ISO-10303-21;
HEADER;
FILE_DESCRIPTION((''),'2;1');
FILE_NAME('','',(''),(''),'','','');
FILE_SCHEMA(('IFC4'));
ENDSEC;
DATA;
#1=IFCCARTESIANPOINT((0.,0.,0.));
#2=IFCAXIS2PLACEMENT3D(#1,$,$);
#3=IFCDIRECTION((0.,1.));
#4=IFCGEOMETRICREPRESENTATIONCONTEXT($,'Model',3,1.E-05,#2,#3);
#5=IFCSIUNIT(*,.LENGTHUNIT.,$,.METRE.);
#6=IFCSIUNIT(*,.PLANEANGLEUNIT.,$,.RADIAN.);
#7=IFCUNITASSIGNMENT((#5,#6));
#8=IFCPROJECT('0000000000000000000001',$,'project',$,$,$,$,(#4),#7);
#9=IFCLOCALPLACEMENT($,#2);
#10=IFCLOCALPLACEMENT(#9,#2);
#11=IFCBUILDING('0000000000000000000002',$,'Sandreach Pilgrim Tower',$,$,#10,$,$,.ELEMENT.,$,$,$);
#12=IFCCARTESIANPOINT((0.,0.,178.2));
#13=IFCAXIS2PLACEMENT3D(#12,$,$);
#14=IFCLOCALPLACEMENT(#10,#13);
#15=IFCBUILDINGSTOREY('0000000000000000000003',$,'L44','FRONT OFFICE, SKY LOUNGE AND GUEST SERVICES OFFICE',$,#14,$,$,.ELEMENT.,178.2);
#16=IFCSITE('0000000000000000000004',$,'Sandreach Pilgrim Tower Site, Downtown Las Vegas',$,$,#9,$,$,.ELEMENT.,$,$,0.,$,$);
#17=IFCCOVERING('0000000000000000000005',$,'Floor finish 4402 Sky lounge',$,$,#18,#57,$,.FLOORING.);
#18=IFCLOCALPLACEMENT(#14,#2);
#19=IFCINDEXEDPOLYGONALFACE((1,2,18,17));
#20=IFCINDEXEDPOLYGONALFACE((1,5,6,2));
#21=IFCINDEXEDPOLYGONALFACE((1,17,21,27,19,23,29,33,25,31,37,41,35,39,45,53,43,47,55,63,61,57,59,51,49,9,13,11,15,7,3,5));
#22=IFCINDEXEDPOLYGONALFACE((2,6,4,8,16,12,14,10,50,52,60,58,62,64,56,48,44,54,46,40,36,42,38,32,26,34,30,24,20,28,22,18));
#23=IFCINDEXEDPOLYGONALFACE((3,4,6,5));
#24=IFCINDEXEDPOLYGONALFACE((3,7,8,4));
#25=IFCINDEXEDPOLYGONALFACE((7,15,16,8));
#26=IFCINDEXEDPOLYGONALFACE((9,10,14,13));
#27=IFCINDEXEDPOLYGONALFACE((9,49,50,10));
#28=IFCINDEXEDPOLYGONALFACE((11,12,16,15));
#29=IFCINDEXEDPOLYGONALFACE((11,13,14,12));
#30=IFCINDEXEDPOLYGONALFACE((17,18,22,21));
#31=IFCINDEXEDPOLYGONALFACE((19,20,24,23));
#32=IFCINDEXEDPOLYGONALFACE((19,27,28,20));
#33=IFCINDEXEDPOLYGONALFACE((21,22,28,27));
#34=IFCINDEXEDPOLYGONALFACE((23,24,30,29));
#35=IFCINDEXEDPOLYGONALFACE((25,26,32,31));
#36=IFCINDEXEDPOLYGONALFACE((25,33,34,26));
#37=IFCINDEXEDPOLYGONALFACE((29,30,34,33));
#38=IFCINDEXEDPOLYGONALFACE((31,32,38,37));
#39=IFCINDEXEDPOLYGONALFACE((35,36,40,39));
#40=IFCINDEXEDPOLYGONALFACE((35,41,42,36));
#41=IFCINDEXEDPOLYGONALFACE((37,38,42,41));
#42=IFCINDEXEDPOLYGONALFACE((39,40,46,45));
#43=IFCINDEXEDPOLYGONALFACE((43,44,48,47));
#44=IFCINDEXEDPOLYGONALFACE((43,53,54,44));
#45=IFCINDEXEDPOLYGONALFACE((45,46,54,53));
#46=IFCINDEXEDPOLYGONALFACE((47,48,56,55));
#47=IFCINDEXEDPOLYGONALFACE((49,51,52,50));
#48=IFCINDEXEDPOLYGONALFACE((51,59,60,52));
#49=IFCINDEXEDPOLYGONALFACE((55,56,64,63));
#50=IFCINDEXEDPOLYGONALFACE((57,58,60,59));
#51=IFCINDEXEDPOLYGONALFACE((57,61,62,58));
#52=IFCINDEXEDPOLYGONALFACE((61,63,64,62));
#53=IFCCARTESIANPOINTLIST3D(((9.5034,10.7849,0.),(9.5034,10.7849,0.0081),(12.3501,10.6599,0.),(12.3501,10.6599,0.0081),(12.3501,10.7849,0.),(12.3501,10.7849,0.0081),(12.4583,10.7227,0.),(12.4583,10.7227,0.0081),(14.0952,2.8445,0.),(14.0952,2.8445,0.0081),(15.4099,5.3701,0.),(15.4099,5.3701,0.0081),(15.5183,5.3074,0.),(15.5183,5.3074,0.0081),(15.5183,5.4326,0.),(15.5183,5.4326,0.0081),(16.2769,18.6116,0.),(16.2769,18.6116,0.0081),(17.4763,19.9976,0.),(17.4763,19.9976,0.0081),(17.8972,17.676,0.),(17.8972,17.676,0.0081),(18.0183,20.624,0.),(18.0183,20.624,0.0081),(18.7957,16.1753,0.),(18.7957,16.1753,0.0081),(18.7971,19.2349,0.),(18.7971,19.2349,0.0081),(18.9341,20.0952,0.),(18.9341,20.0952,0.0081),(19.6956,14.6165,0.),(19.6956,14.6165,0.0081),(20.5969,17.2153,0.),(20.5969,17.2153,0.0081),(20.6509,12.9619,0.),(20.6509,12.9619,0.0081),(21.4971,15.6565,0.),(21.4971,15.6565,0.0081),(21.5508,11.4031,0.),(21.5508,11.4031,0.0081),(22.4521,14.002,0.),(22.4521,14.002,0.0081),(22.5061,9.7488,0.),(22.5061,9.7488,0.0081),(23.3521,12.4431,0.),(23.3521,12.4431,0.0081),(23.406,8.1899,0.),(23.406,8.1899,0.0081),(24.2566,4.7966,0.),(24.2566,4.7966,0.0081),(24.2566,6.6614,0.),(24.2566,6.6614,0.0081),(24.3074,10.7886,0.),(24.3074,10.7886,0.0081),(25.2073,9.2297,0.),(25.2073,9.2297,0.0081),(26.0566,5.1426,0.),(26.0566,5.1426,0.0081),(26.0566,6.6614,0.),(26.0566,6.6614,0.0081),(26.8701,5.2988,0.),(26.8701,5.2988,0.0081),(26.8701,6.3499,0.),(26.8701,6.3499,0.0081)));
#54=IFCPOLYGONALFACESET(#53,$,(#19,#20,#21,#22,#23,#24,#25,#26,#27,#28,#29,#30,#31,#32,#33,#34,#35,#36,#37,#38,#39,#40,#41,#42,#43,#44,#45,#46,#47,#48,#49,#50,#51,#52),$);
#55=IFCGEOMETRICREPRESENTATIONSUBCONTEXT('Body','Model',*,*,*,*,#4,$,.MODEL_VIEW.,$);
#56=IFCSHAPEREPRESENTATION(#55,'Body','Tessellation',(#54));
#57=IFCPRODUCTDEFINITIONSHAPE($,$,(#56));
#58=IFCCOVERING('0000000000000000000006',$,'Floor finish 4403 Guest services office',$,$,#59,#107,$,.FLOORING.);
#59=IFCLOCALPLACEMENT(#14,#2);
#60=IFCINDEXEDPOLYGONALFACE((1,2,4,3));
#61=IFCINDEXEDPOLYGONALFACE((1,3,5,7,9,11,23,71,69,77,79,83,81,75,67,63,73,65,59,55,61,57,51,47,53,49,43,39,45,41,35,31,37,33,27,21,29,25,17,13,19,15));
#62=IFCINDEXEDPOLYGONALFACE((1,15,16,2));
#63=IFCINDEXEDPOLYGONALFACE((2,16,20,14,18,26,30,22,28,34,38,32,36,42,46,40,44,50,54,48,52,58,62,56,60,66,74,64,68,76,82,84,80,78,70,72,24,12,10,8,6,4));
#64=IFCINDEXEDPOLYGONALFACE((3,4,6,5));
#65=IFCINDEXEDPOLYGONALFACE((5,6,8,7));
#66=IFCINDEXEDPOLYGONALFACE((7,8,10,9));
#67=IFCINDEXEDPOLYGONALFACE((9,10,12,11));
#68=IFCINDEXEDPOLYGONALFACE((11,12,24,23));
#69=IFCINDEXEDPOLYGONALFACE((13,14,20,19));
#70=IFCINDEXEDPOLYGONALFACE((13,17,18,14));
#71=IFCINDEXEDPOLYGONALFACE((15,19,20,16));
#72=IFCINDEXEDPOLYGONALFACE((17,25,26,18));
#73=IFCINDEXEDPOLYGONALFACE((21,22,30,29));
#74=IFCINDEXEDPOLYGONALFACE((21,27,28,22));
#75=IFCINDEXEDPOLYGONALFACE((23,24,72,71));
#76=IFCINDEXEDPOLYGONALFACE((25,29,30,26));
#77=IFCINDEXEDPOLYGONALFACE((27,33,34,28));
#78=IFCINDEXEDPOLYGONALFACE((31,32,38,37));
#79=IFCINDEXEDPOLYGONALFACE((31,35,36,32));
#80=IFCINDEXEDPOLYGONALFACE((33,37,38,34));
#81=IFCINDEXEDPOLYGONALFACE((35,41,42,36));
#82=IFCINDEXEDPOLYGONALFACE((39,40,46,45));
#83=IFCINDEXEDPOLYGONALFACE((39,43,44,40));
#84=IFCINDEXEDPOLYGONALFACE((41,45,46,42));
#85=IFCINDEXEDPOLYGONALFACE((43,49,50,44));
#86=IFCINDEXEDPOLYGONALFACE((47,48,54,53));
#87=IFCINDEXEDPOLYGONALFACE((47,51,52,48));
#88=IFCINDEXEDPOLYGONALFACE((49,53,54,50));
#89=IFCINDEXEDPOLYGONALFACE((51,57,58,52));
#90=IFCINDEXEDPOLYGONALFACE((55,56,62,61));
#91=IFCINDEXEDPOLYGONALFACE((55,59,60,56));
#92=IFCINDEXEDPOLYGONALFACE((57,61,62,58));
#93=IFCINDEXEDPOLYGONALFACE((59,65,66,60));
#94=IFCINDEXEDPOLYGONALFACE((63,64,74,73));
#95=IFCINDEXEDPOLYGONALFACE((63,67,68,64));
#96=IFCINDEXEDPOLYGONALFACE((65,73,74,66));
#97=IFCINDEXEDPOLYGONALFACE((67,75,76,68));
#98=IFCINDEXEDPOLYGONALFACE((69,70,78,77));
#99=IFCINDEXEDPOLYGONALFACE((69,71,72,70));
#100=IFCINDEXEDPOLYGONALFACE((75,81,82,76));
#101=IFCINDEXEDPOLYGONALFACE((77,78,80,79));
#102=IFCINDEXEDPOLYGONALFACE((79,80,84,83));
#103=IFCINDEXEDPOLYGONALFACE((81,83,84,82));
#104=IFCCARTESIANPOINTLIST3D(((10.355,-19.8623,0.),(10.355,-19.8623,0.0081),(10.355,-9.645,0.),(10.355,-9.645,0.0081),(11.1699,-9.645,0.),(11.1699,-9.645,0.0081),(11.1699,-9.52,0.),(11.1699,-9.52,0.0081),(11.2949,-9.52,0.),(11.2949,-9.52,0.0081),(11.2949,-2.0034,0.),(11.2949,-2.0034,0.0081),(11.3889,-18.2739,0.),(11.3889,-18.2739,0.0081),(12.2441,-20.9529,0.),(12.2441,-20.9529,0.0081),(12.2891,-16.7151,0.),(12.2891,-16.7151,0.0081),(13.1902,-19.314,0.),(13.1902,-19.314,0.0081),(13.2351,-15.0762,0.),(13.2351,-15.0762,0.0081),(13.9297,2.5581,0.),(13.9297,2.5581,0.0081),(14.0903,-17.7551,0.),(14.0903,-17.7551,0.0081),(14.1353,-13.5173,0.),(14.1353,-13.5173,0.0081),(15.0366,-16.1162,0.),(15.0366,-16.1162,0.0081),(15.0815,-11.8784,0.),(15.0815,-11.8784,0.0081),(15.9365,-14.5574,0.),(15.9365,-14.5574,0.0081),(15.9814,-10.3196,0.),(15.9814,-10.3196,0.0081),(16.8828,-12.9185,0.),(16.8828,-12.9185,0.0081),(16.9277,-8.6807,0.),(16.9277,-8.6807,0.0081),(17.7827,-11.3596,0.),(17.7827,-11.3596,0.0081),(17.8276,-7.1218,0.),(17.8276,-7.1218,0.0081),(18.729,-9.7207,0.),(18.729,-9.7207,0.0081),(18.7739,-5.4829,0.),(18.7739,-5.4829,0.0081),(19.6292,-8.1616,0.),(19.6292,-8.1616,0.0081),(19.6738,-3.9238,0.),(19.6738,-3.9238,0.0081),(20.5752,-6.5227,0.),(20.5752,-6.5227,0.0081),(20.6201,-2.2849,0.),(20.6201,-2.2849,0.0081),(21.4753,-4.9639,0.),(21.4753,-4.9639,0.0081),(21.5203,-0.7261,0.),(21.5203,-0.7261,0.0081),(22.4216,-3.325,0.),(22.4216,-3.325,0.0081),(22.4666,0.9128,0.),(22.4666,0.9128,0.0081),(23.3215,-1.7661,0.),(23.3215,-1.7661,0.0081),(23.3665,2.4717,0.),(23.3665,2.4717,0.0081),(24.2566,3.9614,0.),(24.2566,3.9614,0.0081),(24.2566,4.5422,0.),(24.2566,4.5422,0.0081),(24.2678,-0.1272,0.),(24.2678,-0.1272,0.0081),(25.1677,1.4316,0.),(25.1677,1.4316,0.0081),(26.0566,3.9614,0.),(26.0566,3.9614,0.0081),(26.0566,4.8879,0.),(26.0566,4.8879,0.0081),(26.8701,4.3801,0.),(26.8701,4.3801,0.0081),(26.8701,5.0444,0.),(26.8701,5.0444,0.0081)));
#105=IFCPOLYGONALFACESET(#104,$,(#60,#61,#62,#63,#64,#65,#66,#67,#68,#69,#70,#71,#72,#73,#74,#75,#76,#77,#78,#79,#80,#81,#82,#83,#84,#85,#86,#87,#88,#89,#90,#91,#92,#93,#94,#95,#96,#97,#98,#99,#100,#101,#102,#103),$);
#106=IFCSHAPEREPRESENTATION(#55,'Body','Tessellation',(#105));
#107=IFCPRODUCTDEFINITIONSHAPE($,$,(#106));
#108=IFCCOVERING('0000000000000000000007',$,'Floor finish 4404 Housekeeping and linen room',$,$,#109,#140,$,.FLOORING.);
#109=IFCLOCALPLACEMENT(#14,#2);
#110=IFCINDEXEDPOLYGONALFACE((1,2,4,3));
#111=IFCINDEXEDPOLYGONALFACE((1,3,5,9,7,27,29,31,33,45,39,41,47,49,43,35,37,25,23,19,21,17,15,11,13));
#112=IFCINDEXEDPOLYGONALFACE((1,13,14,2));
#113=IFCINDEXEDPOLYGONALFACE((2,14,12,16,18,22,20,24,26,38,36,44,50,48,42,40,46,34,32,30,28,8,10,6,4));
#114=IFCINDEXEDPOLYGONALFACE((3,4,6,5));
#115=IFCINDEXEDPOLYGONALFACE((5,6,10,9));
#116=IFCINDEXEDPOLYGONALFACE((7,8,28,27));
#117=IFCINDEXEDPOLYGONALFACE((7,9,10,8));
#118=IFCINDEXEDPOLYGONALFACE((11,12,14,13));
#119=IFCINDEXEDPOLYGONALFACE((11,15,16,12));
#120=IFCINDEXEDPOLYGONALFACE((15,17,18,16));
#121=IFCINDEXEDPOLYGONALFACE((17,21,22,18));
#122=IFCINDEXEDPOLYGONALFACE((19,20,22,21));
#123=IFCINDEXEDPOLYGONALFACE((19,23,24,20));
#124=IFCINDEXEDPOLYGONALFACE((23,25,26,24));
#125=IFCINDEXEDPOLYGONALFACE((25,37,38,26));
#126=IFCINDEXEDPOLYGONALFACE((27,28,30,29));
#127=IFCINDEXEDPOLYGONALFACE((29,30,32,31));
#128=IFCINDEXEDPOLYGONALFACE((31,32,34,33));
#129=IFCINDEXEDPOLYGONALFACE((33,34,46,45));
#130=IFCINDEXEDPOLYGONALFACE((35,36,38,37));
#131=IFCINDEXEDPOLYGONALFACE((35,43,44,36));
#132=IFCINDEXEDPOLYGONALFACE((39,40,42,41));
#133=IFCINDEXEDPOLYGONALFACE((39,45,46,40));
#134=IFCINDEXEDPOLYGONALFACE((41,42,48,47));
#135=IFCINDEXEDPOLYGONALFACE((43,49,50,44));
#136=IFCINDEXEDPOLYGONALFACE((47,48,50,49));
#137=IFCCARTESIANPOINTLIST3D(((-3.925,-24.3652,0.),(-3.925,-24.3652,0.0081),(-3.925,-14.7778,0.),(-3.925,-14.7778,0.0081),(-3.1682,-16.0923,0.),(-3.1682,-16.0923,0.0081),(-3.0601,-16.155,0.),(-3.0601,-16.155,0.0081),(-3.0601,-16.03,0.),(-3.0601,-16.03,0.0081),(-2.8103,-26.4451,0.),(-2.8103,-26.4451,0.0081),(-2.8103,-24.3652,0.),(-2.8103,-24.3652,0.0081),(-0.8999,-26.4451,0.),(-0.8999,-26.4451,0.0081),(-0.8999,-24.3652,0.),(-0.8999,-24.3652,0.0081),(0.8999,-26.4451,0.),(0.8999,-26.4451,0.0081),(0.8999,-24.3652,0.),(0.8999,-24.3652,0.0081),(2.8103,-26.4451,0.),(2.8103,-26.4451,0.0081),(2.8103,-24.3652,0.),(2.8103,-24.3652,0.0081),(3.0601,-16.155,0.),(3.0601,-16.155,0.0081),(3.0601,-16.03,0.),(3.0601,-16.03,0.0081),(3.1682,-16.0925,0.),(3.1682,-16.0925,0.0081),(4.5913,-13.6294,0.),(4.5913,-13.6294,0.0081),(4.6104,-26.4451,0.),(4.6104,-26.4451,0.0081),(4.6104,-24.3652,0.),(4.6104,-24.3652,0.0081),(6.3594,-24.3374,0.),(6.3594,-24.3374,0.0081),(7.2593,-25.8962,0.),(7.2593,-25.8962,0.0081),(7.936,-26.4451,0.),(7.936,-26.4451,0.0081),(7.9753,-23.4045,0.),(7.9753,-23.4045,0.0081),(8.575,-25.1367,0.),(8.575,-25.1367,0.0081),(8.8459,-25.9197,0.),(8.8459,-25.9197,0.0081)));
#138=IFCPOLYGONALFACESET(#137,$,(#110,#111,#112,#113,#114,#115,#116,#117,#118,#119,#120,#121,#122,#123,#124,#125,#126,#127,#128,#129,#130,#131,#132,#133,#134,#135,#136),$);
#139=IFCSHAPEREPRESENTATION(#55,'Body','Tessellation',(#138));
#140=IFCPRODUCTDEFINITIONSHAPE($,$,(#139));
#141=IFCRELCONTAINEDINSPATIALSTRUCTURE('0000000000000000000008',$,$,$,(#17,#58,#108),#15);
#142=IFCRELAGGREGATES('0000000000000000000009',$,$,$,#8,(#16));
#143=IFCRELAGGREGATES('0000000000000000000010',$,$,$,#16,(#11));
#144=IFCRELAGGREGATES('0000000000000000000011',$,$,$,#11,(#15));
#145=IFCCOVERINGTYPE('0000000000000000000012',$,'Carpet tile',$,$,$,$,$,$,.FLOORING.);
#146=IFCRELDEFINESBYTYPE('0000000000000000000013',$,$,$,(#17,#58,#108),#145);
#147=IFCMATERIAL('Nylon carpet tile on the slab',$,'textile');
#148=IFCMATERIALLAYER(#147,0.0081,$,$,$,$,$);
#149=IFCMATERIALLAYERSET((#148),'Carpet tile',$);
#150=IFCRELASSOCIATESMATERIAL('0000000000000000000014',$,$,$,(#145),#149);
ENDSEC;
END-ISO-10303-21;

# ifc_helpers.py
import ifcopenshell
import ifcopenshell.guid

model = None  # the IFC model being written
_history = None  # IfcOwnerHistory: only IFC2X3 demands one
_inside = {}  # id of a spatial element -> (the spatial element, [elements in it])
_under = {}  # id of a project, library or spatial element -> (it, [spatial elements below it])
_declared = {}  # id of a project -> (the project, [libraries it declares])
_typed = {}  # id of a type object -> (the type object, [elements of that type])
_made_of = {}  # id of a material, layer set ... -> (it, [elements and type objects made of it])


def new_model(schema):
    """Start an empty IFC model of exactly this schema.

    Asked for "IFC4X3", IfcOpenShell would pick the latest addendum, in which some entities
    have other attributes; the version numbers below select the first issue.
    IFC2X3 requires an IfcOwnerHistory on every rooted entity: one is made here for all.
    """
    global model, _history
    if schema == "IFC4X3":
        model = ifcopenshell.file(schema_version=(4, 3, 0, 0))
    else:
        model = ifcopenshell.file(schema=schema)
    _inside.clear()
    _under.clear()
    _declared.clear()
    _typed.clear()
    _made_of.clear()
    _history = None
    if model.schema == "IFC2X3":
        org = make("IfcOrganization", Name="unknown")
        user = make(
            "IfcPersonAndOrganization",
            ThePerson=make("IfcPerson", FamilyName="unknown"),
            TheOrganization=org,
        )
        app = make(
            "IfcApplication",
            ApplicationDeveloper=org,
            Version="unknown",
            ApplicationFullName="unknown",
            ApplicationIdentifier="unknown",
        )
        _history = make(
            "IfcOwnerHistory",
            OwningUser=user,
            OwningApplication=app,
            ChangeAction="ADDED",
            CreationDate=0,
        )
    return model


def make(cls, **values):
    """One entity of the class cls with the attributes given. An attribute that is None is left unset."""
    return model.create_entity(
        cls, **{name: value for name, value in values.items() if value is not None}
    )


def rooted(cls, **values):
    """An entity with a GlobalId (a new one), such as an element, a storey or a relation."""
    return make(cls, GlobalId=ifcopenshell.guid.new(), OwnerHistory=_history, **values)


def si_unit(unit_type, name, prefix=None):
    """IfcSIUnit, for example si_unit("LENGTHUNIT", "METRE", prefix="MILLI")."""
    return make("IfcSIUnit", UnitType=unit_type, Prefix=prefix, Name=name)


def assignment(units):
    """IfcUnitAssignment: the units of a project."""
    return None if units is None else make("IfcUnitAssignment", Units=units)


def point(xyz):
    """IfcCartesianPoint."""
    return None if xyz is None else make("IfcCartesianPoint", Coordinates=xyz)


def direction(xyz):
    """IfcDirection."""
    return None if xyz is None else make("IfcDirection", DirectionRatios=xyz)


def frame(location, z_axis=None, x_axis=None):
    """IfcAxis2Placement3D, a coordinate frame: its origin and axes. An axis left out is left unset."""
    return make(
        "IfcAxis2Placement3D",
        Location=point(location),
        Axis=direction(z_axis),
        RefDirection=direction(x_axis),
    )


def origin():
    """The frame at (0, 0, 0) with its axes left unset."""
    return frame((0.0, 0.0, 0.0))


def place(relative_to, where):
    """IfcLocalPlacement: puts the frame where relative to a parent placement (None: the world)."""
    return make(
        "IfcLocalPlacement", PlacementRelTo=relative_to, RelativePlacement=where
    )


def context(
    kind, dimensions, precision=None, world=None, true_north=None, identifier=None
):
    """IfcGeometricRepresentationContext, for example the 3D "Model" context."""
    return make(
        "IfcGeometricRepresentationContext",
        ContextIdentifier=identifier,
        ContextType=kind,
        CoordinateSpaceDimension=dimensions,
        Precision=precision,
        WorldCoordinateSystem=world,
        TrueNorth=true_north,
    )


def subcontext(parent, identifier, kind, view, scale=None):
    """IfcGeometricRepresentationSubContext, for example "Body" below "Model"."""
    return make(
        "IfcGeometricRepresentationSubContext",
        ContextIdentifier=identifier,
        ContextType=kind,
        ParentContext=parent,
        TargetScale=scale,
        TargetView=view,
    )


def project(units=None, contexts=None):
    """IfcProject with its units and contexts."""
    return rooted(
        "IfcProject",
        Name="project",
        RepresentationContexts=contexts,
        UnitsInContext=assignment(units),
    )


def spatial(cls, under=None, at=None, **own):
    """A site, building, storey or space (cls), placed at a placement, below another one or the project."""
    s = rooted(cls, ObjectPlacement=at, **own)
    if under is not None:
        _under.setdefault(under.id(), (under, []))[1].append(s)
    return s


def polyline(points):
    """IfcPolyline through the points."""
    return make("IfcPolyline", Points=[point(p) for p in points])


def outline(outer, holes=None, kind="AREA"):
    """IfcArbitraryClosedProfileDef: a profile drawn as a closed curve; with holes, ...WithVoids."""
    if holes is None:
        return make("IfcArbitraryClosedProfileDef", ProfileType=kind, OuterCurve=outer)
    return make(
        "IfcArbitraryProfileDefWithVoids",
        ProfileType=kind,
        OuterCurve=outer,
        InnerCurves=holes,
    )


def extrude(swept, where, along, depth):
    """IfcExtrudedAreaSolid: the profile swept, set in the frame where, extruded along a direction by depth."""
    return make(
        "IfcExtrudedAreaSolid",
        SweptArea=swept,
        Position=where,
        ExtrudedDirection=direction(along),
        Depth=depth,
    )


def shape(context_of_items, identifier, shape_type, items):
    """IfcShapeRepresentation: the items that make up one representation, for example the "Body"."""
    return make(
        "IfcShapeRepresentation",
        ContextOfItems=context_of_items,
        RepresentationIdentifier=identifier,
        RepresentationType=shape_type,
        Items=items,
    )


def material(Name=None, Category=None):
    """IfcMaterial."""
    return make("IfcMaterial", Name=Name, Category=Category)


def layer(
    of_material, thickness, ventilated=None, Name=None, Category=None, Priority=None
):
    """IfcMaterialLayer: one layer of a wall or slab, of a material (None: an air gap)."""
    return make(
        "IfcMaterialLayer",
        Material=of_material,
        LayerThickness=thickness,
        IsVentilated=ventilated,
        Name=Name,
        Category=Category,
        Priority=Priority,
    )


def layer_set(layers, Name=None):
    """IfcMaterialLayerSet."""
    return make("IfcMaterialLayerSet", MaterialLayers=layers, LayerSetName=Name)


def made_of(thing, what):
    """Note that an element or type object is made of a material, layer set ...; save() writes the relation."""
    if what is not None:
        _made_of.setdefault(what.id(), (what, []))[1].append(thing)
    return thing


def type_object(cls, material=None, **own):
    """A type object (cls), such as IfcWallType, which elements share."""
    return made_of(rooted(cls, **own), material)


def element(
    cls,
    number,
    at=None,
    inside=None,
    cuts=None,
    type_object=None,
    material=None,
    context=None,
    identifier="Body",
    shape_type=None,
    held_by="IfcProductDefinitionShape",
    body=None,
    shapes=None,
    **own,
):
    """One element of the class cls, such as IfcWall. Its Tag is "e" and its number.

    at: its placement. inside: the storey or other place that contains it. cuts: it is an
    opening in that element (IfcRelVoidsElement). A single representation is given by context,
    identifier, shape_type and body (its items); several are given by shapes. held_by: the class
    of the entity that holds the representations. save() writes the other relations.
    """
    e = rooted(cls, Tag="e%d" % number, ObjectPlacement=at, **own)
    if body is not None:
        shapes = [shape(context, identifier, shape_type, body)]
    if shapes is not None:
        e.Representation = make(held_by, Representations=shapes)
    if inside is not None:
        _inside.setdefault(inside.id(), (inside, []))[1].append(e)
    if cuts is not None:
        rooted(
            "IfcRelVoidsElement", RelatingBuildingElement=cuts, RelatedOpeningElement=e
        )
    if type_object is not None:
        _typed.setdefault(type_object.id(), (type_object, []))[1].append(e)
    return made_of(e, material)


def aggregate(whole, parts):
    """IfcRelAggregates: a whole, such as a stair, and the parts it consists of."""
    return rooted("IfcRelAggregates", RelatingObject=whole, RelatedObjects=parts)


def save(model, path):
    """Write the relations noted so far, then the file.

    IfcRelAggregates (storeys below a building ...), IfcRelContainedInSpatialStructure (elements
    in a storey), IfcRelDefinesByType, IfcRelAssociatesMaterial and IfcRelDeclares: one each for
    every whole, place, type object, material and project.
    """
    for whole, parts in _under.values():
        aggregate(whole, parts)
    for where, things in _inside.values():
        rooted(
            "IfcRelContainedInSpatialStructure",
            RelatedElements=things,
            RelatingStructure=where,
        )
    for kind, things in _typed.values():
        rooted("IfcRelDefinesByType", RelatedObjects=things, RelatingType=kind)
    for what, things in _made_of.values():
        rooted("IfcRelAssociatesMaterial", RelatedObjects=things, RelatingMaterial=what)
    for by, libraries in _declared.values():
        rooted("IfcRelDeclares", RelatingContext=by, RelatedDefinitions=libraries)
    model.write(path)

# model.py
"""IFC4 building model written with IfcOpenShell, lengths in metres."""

from ifc_helpers import new_model, si_unit, direction, frame, origin, place, context, subcontext, project, spatial, polyline, outline, extrude, material, layer, layer_set, type_object, element, save


model = new_model("IFC4")

# Units and contexts
model_context = context("Model", 3, precision=1e-05, world=origin(), true_north=direction((0.0, 1.0)))
body_context = subcontext(model_context, "Body", "Model", "MODEL_VIEW")
ifc_project = project(units=[si_unit("LENGTHUNIT", "METRE"), si_unit("PLANEANGLEUNIT", "RADIAN")], contexts=[model_context])

# Site, building, storey
site_placement = place(None, origin())
site = spatial("IfcSite", under=ifc_project, at=site_placement, Name="Sandreach Pilgrim Tower Site, Downtown Las Vegas", CompositionType="ELEMENT", RefElevation=0.0)
building_placement = place(site_placement, origin())
building = spatial("IfcBuilding", under=site, at=building_placement, Name="Sandreach Pilgrim Tower", CompositionType="ELEMENT")
storey_placement = place(building_placement, frame((0.0, 0.0, 178.2)))
storey = spatial("IfcBuildingStorey", under=building, at=storey_placement, Name="L44", Description="FRONT OFFICE, SKY LOUNGE AND GUEST SERVICES OFFICE", CompositionType="ELEMENT", Elevation=178.2)

# Coverings
ifc_material_1 = material(Name="Nylon carpet tile on the slab", Category="textile")
ifc_layer_1 = layer(ifc_material_1, 0.0081)
ifc_layer_set_1 = layer_set([ifc_layer_1], Name="Carpet tile")
covering_type_1 = type_object("IfcCoveringType", Name="Carpet tile", PredefinedType="FLOORING", material=ifc_layer_set_1)
covering_1_placement = place(storey_placement, origin())
element("IfcCovering", 1, at=covering_1_placement, inside=storey, type_object=covering_type_1, Name="Floor finish 4402 Sky lounge", PredefinedType="FLOORING", context=body_context, shape_type="SweptSolid", body=[
    extrude(outline(polyline([(12.3501, 10.7849), (9.5034, 10.7849), (16.2769, 18.6116), (17.8972, 17.676), (18.7971, 19.2349), (17.4763, 19.9976), (18.0183, 20.624), (18.9341, 20.0952), (20.5969, 17.2153), (18.7957, 16.1753), (19.6956, 14.6165), (21.4971, 15.6565), (22.4521, 14.002), (20.6509, 12.9619), (21.5508, 11.4031), (23.3521, 12.4431), (24.3074, 10.7886), (22.5061, 9.7488), (23.406, 8.1899), (25.2073, 9.2297), (26.8701, 6.3499), (26.8701, 5.2988), (26.0566, 5.1426), (26.0566, 6.6614), (24.2566, 6.6614), (24.2566, 4.7966), (14.0952, 2.8445), (15.5183, 5.3074), (15.4099, 5.3701), (15.5183, 5.4326), (12.4583, 10.7227), (12.3501, 10.6599), (12.3501, 10.7849)])), origin(), (0.0, 0.0, 1.0), 0.0081),
])
covering_2_placement = place(storey_placement, origin())
element("IfcCovering", 2, at=covering_2_placement, inside=storey, type_object=covering_type_1, Name="Floor finish 4403 Guest services office", PredefinedType="FLOORING", context=body_context, shape_type="SweptSolid", body=[
    extrude(outline(polyline([(10.355, -9.645), (11.1699, -9.645), (11.1699, -9.52), (11.2949, -9.52), (11.2949, -2.0034), (13.9297, 2.5581), (24.2566, 4.5422), (24.2566, 3.9614), (26.0566, 3.9614), (26.0566, 4.8879), (26.8701, 5.0444), (26.8701, 4.3801), (25.1677, 1.4316), (23.3665, 2.4717), (22.4666, 0.9128), (24.2678, -0.1272), (23.3215, -1.7661), (21.5203, -0.7261), (20.6201, -2.2849), (22.4216, -3.325), (21.4753, -4.9639), (19.6738, -3.9238), (18.7739, -5.4829), (20.5752, -6.5227), (19.6292, -8.1616), (17.8276, -7.1218), (16.9277, -8.6807), (18.729, -9.7207), (17.7827, -11.3596), (15.9814, -10.3196), (15.0815, -11.8784), (16.8828, -12.9185), (15.9365, -14.5574), (14.1353, -13.5173), (13.2351, -15.0762), (15.0366, -16.1162), (14.0903, -17.7551), (12.2891, -16.7151), (11.3889, -18.2739), (13.1902, -19.314), (12.2441, -20.9529), (10.355, -19.8623), (10.355, -9.645)])), origin(), (0.0, 0.0, 1.0), 0.0081),
])
covering_3_placement = place(storey_placement, origin())
element("IfcCovering", 3, at=covering_3_placement, inside=storey, type_object=covering_type_1, Name="Floor finish 4404 Housekeeping and linen room", PredefinedType="FLOORING", context=body_context, shape_type="SweptSolid", body=[
    extrude(outline(polyline([(-3.1682, -16.0923), (-3.0601, -16.03), (-3.0601, -16.155), (3.0601, -16.155), (3.0601, -16.03), (3.1682, -16.0925), (4.5913, -13.6294), (7.9753, -23.4045), (6.3594, -24.3374), (7.2593, -25.8962), (8.575, -25.1367), (8.8459, -25.9197), (7.936, -26.4451), (4.6104, -26.4451), (4.6104, -24.3652), (2.8103, -24.3652), (2.8103, -26.4451), (0.8999, -26.4451), (0.8999, -24.3652), (-0.8999, -24.3652), (-0.8999, -26.4451), (-2.8103, -26.4451), (-2.8103, -24.3652), (-3.925, -24.3652), (-3.925, -14.7778), (-3.1682, -16.0923)])), origin(), (0.0, 0.0, 1.0), 0.0081),
])

save(model, "model.ifc")
